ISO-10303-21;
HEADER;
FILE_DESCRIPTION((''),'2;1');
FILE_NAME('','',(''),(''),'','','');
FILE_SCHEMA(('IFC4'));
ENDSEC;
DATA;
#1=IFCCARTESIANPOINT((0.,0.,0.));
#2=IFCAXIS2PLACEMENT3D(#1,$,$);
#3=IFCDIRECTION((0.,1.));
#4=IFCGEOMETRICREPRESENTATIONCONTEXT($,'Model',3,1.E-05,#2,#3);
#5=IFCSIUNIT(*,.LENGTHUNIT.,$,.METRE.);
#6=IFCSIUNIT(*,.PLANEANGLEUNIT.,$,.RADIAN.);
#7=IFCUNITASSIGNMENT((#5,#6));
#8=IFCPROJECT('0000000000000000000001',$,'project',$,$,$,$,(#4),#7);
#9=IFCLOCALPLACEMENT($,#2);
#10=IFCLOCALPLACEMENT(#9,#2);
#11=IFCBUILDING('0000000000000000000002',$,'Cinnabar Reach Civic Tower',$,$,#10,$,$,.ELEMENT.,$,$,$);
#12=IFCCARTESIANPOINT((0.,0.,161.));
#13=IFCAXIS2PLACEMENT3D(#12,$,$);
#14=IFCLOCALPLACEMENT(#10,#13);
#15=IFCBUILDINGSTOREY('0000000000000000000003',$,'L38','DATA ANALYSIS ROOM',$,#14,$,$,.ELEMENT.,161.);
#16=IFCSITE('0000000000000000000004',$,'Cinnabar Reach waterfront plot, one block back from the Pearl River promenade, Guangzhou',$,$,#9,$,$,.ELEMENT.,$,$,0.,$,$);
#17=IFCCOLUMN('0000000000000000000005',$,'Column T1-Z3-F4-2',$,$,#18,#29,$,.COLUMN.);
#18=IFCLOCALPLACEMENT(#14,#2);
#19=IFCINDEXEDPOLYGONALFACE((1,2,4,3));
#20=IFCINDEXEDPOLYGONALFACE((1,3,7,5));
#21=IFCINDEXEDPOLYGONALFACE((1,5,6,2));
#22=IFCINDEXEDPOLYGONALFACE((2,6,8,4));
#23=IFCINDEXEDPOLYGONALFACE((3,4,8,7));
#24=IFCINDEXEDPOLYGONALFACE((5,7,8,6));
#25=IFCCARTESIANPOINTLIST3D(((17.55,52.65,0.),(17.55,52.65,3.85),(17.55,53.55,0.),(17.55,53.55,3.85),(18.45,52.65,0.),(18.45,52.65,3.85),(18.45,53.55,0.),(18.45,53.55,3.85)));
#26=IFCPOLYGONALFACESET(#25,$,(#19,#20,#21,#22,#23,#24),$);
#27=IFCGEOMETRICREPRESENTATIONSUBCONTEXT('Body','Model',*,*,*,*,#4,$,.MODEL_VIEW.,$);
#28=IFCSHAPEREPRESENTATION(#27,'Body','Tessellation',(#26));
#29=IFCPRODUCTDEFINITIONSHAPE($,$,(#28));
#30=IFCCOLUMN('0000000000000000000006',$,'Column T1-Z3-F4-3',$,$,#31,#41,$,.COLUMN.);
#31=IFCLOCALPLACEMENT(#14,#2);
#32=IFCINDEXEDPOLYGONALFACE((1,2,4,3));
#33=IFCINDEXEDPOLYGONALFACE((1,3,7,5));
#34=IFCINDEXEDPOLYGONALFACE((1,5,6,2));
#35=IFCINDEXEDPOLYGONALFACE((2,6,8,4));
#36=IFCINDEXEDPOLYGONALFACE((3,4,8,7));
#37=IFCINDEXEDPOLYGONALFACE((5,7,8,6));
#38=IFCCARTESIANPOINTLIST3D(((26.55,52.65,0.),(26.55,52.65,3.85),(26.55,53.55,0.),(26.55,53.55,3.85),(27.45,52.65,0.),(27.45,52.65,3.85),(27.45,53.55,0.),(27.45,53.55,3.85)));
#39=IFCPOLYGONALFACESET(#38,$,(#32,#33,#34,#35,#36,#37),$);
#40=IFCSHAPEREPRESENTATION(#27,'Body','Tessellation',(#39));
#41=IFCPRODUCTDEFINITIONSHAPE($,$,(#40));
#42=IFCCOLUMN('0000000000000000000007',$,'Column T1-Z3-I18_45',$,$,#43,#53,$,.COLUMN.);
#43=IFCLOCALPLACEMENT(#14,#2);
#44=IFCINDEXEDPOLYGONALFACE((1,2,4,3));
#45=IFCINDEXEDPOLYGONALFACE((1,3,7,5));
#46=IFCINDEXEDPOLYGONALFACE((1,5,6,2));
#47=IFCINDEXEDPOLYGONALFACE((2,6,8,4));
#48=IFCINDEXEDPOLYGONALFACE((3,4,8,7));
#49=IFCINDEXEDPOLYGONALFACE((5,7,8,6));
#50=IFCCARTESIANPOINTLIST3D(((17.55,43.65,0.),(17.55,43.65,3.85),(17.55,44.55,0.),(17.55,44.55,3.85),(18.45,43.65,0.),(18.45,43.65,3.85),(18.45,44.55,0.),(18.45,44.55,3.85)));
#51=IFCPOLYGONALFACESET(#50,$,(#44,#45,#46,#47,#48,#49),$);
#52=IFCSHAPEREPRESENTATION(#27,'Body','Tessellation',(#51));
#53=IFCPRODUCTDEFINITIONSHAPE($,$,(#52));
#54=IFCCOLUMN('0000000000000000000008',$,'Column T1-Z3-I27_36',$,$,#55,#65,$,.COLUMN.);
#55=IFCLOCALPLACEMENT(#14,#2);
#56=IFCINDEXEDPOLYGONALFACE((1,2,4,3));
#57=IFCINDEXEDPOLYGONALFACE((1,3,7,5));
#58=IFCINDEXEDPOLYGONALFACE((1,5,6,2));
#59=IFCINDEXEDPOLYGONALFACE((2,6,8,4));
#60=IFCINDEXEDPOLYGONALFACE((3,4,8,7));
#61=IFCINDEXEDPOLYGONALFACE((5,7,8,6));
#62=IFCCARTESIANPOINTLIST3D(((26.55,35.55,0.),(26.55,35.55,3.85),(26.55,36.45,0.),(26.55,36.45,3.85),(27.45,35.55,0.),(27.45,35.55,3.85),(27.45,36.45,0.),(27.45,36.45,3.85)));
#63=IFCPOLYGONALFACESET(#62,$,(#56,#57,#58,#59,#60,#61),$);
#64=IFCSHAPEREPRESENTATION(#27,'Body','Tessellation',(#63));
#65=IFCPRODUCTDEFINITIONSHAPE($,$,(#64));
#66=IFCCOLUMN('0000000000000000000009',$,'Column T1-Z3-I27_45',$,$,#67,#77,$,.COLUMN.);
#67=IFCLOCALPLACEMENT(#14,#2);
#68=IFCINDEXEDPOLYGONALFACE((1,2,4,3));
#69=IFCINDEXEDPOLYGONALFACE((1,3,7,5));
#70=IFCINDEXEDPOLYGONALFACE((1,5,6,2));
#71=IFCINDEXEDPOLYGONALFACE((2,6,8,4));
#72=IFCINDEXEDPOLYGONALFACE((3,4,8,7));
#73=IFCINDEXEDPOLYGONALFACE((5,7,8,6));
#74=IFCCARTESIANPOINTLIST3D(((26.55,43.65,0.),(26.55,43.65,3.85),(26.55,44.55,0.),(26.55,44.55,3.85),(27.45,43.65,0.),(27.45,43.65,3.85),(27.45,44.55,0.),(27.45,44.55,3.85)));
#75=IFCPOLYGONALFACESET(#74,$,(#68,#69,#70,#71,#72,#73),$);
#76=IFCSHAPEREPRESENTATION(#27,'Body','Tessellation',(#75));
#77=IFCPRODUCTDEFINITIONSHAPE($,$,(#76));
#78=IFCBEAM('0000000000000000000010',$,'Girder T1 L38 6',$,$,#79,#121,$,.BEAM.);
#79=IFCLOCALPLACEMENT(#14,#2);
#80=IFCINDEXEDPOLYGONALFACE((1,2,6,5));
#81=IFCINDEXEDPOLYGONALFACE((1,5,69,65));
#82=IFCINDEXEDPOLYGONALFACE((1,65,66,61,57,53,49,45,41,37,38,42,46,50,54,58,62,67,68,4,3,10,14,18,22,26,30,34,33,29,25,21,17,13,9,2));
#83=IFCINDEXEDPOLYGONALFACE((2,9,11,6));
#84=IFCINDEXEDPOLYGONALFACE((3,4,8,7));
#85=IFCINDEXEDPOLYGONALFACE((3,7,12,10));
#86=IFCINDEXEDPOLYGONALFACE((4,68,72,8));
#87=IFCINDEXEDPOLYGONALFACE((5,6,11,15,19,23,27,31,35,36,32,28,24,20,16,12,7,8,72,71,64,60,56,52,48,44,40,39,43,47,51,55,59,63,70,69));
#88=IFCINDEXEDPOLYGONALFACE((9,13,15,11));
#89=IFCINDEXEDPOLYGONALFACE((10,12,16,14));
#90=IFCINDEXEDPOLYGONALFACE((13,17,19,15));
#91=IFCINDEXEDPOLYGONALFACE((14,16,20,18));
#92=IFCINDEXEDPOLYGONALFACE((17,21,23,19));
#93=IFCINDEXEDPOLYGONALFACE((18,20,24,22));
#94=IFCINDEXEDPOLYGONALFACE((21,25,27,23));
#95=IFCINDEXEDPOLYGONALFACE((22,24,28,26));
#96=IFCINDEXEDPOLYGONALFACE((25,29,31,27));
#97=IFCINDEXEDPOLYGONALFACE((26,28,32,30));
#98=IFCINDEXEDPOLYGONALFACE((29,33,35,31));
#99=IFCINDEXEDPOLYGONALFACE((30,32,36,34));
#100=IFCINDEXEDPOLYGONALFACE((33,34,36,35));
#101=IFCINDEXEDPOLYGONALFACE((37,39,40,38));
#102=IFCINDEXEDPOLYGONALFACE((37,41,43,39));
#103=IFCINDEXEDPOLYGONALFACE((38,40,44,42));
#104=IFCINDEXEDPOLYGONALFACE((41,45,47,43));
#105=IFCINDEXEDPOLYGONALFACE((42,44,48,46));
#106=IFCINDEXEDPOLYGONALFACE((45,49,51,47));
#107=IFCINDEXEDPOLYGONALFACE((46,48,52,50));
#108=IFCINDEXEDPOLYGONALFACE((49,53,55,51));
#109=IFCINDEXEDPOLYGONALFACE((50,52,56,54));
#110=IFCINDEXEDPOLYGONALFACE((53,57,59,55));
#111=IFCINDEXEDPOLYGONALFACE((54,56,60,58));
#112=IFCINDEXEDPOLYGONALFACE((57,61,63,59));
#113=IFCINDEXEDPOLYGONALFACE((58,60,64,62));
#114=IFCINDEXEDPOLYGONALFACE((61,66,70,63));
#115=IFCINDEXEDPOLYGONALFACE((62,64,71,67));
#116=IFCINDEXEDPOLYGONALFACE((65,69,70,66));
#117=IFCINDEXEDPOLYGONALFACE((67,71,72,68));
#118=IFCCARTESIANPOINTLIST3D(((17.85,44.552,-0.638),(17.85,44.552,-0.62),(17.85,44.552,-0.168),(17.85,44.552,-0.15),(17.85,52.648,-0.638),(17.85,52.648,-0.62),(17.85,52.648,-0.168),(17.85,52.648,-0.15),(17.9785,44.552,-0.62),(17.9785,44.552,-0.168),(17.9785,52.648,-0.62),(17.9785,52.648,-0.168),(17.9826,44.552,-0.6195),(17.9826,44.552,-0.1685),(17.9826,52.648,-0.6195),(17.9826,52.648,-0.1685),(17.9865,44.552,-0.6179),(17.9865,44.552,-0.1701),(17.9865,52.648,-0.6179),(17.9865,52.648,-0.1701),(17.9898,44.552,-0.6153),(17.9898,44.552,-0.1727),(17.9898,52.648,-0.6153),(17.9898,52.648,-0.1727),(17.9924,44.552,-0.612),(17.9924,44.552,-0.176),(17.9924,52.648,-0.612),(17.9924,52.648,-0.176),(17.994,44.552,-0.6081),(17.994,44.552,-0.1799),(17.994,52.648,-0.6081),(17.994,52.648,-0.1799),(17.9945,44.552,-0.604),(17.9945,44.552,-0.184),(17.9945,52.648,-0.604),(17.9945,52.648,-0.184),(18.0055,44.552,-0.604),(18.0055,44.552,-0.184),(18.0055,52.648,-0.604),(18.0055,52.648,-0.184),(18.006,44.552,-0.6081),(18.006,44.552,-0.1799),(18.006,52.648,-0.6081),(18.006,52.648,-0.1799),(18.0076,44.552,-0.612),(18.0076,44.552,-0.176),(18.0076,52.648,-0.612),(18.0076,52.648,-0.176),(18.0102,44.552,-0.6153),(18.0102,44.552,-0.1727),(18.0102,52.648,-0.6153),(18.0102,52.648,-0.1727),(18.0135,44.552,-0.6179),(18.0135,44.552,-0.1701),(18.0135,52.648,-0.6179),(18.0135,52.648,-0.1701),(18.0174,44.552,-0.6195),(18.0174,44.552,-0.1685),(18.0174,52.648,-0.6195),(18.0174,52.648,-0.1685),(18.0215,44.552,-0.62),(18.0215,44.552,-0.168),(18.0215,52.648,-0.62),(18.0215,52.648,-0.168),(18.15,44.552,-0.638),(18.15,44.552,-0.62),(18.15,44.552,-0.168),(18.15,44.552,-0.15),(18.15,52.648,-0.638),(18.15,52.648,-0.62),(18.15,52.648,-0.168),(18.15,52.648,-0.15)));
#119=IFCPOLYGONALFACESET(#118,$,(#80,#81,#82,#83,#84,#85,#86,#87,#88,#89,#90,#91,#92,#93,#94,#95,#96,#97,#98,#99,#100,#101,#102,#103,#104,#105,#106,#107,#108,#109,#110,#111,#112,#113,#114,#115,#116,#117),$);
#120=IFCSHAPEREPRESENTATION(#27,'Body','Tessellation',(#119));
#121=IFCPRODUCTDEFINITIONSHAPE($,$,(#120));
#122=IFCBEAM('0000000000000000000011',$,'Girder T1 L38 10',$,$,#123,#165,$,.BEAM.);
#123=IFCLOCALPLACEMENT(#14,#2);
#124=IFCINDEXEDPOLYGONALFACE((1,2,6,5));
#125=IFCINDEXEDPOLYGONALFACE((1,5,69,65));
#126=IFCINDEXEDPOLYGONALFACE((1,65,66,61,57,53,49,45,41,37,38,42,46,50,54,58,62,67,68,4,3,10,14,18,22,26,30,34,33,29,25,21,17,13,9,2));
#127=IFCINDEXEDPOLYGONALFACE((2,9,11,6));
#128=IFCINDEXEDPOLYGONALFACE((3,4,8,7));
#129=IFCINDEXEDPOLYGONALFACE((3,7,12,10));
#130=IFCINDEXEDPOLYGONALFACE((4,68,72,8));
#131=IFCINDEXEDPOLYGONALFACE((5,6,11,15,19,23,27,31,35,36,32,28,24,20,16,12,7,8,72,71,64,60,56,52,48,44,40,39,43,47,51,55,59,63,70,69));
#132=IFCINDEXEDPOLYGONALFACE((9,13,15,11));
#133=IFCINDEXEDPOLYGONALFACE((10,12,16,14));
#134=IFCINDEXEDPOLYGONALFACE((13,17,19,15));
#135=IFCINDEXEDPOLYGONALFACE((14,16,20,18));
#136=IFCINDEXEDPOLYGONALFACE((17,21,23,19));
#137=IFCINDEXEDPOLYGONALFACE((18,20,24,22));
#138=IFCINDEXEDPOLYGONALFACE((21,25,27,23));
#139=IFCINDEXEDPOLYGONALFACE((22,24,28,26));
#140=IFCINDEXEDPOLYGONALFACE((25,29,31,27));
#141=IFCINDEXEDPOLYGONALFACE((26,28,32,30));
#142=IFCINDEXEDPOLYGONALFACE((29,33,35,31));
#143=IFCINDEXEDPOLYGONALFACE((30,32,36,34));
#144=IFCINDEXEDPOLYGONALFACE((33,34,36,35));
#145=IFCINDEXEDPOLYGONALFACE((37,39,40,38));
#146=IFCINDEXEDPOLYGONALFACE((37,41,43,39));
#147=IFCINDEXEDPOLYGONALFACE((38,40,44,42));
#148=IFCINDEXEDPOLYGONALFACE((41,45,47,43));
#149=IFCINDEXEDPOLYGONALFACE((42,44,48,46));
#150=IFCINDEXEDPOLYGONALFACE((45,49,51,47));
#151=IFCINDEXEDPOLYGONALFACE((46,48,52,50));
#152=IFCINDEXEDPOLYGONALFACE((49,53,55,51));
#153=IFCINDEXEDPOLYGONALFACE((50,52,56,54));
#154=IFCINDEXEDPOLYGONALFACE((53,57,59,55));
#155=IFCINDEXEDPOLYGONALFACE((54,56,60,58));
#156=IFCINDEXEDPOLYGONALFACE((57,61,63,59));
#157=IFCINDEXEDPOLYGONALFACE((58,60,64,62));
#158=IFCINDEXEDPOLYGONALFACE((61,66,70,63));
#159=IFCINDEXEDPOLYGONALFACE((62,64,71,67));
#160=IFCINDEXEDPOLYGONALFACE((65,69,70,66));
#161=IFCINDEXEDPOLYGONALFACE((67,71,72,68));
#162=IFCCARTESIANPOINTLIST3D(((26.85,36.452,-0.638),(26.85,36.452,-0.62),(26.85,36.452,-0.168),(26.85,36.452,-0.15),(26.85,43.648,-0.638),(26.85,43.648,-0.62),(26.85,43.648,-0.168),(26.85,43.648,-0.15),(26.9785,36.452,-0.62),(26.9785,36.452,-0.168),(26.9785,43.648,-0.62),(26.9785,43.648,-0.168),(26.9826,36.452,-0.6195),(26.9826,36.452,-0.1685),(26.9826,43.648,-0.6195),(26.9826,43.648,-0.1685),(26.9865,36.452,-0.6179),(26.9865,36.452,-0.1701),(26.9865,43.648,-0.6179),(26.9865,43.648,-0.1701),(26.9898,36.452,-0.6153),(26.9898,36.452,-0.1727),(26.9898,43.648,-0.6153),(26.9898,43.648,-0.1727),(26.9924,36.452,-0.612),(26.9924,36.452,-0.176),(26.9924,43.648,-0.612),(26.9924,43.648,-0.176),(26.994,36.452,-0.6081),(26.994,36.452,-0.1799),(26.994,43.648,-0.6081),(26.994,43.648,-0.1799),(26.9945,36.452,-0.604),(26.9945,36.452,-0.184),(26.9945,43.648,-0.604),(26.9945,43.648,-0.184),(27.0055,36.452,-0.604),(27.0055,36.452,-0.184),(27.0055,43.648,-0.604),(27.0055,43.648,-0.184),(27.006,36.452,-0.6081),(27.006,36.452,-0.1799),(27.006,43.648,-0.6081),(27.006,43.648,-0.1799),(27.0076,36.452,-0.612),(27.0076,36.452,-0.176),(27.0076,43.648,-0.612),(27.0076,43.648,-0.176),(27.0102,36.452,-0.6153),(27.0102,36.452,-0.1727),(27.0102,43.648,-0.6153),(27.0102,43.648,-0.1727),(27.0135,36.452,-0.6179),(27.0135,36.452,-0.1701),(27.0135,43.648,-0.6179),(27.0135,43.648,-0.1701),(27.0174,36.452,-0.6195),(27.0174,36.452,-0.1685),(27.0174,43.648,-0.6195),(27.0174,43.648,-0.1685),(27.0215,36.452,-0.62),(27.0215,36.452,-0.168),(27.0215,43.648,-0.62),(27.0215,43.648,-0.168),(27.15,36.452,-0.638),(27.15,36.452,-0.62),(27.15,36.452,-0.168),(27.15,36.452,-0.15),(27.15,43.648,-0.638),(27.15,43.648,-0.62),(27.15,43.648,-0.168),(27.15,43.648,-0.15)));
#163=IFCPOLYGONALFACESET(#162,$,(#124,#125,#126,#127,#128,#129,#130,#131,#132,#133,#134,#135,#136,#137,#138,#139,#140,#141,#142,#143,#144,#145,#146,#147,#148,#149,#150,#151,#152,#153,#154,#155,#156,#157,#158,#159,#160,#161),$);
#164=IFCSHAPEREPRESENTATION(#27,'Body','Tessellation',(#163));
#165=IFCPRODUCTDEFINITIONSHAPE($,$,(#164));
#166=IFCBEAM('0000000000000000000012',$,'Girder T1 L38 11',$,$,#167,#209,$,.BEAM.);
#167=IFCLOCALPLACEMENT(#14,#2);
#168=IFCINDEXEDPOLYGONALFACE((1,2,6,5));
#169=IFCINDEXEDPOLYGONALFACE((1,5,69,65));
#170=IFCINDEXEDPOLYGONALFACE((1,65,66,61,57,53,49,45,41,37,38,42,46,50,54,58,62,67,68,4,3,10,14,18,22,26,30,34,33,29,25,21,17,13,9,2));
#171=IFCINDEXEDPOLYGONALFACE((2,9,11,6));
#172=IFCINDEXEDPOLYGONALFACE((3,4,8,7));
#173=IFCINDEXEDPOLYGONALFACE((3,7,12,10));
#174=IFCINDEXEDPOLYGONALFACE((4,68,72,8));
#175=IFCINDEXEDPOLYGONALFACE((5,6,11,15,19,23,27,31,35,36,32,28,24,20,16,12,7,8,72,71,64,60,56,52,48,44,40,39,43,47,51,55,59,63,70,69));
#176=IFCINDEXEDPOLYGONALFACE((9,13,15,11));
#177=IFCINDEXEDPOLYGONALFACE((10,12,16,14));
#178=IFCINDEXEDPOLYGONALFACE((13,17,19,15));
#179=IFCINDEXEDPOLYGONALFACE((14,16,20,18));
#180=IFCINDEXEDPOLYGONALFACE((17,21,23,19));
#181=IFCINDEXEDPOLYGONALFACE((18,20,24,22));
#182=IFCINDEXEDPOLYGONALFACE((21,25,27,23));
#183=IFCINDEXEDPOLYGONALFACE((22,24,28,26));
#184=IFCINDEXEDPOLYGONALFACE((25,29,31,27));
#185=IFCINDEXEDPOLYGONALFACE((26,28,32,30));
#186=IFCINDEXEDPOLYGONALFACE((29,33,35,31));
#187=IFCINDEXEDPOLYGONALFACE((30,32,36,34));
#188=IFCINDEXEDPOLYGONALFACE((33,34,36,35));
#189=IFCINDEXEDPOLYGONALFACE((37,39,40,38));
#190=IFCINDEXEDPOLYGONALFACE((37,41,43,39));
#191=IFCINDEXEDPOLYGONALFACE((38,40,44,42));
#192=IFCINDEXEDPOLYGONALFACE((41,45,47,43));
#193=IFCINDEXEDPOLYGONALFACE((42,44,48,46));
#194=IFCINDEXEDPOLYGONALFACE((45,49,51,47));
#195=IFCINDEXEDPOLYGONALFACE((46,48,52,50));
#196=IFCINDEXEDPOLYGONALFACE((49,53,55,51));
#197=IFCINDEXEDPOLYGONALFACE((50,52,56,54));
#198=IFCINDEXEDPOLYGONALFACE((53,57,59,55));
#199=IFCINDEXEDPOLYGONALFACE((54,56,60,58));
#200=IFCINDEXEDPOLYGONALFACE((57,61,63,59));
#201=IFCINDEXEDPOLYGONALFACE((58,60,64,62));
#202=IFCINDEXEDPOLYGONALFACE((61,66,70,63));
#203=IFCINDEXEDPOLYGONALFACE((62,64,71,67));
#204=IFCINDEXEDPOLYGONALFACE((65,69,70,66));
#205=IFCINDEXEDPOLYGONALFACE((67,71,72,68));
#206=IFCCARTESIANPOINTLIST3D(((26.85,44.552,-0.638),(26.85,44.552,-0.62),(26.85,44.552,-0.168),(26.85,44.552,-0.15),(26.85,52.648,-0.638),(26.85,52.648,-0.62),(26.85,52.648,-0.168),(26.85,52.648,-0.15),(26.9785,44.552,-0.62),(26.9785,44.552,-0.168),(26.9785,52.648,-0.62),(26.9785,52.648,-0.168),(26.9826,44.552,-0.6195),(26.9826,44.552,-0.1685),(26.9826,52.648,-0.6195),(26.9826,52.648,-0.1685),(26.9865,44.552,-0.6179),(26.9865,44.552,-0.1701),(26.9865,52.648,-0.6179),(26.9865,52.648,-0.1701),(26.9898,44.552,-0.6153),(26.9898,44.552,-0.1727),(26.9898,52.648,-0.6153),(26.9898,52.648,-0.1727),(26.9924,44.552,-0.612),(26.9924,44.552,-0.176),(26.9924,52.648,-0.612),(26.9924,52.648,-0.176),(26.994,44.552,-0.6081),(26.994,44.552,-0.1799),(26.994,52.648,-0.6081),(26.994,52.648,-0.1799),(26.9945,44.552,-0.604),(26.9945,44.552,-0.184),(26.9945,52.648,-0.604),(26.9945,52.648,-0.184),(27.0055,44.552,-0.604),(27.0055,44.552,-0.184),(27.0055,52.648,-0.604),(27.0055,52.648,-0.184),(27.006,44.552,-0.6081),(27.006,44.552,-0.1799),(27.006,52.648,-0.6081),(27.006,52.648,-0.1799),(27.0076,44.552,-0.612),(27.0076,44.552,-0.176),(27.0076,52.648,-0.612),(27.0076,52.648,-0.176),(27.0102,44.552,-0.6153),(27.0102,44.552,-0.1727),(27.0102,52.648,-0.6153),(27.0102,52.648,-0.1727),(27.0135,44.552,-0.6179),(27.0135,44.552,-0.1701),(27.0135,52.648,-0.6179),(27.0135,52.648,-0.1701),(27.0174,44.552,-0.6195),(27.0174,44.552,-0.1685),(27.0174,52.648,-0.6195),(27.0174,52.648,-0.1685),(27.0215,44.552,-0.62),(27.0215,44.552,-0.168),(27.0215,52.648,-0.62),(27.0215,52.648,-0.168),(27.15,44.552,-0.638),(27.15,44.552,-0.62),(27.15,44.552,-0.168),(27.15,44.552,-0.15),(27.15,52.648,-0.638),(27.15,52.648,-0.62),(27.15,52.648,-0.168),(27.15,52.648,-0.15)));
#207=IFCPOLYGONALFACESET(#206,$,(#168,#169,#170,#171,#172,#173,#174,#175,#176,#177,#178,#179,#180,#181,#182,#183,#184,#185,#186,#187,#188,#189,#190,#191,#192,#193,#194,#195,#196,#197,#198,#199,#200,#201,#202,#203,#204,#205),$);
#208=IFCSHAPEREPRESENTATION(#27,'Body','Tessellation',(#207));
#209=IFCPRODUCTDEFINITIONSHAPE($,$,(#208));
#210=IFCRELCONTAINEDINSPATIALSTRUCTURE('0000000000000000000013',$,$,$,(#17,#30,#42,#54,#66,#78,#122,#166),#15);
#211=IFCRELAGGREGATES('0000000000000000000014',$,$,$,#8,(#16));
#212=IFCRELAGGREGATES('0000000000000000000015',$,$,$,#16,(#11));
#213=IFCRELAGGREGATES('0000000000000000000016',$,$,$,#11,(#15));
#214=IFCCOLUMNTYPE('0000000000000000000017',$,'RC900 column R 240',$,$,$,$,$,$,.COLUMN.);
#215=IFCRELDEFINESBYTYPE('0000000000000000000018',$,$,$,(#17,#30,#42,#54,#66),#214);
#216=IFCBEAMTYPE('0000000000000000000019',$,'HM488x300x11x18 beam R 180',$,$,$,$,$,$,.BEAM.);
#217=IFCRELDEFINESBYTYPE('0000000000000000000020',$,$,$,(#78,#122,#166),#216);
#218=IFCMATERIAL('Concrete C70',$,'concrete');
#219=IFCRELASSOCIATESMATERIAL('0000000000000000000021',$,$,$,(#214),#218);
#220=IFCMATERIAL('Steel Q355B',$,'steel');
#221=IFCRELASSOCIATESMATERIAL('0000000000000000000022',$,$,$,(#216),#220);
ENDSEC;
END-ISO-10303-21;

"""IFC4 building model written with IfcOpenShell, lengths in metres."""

from ifc_helpers import new_model, si_unit, direction, frame, origin, origin_2d, place, context, subcontext, project, spatial, rectangle, i_section, extrude, material, material_profile, profile_set, type_object, element, save


model = new_model("IFC4")

# Units and contexts
model_context = context("Model", 3, precision=1e-05, world=origin(), true_north=direction((0.0, 1.0)))
body_context = subcontext(model_context, "Body", "Model", "MODEL_VIEW")
ifc_project = project(units=[si_unit("LENGTHUNIT", "METRE"), si_unit("PLANEANGLEUNIT", "RADIAN")], contexts=[model_context])

# Site, building, storey
site_placement = place(None, origin())
site = spatial("IfcSite", under=ifc_project, at=site_placement, Name="Cinnabar Reach waterfront plot, one block back from the Pearl River promenade, Guangzhou", CompositionType="ELEMENT", RefElevation=0.0)
building_placement = place(site_placement, origin())
building = spatial("IfcBuilding", under=site, at=building_placement, Name="Cinnabar Reach Civic Tower", CompositionType="ELEMENT")
storey_placement = place(building_placement, frame((0.0, 0.0, 161.0)))
storey = spatial("IfcBuildingStorey", under=building, at=storey_placement, Name="L38", Description="DATA ANALYSIS ROOM", CompositionType="ELEMENT", Elevation=161.0)

# Columns
ifc_material_1 = material(Name="Concrete C70", Category="concrete")
ifc_material_profile_1 = material_profile(ifc_material_1, rectangle(XDim=0.9, YDim=0.9, at=origin_2d()), Name="RC900")
ifc_profile_set_1 = profile_set([ifc_material_profile_1], Name="Concrete C70")
column_type = type_object("IfcColumnType", Name="RC900 column R 240", PredefinedType="COLUMN", material=ifc_profile_set_1)
for number, where, z_axis, x_axis, name in (
    (1, (18.0, 53.1, 0.0), (0.0, 0.0, 1.0), (1.0, 0.0, 0.0), "Column T1-Z3-F4-2"),
    (2, (27.0, 53.1, 0.0), (0.0, 0.0, 1.0), (1.0, 0.0, 0.0), "Column T1-Z3-F4-3"),
    (3, (18.0, 44.1, 0.0), (0.0, 0.0, 1.0), (1.0, 0.0, 0.0), "Column T1-Z3-I18_45"),
    (4, (27.0, 36.0, 0.0), (0.0, 0.0, 1.0), (1.0, 0.0, 0.0), "Column T1-Z3-I27_36"),
    (5, (27.0, 44.1, 0.0), (0.0, 0.0, 1.0), (1.0, 0.0, 0.0), "Column T1-Z3-I27_45"),
):
    element("IfcColumn", number, at=place(storey_placement, frame(where, z_axis=z_axis, x_axis=x_axis)), inside=storey, type_object=column_type, Name=name, PredefinedType="COLUMN", context=body_context, shape_type="SweptSolid", body=[
        extrude(rectangle(XDim=0.9, YDim=0.9, at=origin_2d()), origin(), (0.0, 0.0, 1.0), 3.85),
    ])

# Beams
ifc_material_2 = material(Name="Steel Q355B", Category="steel")
ifc_material_profile_2 = material_profile(ifc_material_2, i_section(OverallWidth=0.3, OverallDepth=0.488, WebThickness=0.011, FlangeThickness=0.018, FilletRadius=0.016, at=origin_2d()), Name="HM488x300x11x18")
ifc_profile_set_2 = profile_set([ifc_material_profile_2], Name="Steel Q355B")
beam_type_1 = type_object("IfcBeamType", Name="HM488x300x11x18 beam R 180", PredefinedType="BEAM", material=ifc_profile_set_2)
beam_1_placement = place(storey_placement, frame((18.0, 44.552, -0.394), z_axis=(0.0, 1.0, 0.0), x_axis=(-1.0, 0.0, 0.0)))
element("IfcBeam", 6, at=beam_1_placement, inside=storey, type_object=beam_type_1, Name="Girder T1 L38 6", PredefinedType="BEAM", context=body_context, shape_type="SweptSolid", body=[
    extrude(i_section(OverallWidth=0.3, OverallDepth=0.488, WebThickness=0.011, FlangeThickness=0.018, FilletRadius=0.016, at=origin_2d()), origin(), (0.0, 0.0, 1.0), 8.096),
])
beam_2_placement = place(storey_placement, frame((27.0, 36.452, -0.394), z_axis=(0.0, 1.0, 0.0), x_axis=(-1.0, 0.0, 0.0)))
element("IfcBeam", 7, at=beam_2_placement, inside=storey, type_object=beam_type_1, Name="Girder T1 L38 10", PredefinedType="BEAM", context=body_context, shape_type="SweptSolid", body=[
    extrude(i_section(OverallWidth=0.3, OverallDepth=0.488, WebThickness=0.011, FlangeThickness=0.018, FilletRadius=0.016, at=origin_2d()), origin(), (0.0, 0.0, 1.0), 7.196),
])
beam_3_placement = place(storey_placement, frame((27.0, 44.552, -0.394), z_axis=(0.0, 1.0, 0.0), x_axis=(-1.0, 0.0, 0.0)))
element("IfcBeam", 8, at=beam_3_placement, inside=storey, type_object=beam_type_1, Name="Girder T1 L38 11", PredefinedType="BEAM", context=body_context, shape_type="SweptSolid", body=[
    extrude(i_section(OverallWidth=0.3, OverallDepth=0.488, WebThickness=0.011, FlangeThickness=0.018, FilletRadius=0.016, at=origin_2d()), origin(), (0.0, 0.0, 1.0), 8.096),
])

save(model, "model.ifc")
